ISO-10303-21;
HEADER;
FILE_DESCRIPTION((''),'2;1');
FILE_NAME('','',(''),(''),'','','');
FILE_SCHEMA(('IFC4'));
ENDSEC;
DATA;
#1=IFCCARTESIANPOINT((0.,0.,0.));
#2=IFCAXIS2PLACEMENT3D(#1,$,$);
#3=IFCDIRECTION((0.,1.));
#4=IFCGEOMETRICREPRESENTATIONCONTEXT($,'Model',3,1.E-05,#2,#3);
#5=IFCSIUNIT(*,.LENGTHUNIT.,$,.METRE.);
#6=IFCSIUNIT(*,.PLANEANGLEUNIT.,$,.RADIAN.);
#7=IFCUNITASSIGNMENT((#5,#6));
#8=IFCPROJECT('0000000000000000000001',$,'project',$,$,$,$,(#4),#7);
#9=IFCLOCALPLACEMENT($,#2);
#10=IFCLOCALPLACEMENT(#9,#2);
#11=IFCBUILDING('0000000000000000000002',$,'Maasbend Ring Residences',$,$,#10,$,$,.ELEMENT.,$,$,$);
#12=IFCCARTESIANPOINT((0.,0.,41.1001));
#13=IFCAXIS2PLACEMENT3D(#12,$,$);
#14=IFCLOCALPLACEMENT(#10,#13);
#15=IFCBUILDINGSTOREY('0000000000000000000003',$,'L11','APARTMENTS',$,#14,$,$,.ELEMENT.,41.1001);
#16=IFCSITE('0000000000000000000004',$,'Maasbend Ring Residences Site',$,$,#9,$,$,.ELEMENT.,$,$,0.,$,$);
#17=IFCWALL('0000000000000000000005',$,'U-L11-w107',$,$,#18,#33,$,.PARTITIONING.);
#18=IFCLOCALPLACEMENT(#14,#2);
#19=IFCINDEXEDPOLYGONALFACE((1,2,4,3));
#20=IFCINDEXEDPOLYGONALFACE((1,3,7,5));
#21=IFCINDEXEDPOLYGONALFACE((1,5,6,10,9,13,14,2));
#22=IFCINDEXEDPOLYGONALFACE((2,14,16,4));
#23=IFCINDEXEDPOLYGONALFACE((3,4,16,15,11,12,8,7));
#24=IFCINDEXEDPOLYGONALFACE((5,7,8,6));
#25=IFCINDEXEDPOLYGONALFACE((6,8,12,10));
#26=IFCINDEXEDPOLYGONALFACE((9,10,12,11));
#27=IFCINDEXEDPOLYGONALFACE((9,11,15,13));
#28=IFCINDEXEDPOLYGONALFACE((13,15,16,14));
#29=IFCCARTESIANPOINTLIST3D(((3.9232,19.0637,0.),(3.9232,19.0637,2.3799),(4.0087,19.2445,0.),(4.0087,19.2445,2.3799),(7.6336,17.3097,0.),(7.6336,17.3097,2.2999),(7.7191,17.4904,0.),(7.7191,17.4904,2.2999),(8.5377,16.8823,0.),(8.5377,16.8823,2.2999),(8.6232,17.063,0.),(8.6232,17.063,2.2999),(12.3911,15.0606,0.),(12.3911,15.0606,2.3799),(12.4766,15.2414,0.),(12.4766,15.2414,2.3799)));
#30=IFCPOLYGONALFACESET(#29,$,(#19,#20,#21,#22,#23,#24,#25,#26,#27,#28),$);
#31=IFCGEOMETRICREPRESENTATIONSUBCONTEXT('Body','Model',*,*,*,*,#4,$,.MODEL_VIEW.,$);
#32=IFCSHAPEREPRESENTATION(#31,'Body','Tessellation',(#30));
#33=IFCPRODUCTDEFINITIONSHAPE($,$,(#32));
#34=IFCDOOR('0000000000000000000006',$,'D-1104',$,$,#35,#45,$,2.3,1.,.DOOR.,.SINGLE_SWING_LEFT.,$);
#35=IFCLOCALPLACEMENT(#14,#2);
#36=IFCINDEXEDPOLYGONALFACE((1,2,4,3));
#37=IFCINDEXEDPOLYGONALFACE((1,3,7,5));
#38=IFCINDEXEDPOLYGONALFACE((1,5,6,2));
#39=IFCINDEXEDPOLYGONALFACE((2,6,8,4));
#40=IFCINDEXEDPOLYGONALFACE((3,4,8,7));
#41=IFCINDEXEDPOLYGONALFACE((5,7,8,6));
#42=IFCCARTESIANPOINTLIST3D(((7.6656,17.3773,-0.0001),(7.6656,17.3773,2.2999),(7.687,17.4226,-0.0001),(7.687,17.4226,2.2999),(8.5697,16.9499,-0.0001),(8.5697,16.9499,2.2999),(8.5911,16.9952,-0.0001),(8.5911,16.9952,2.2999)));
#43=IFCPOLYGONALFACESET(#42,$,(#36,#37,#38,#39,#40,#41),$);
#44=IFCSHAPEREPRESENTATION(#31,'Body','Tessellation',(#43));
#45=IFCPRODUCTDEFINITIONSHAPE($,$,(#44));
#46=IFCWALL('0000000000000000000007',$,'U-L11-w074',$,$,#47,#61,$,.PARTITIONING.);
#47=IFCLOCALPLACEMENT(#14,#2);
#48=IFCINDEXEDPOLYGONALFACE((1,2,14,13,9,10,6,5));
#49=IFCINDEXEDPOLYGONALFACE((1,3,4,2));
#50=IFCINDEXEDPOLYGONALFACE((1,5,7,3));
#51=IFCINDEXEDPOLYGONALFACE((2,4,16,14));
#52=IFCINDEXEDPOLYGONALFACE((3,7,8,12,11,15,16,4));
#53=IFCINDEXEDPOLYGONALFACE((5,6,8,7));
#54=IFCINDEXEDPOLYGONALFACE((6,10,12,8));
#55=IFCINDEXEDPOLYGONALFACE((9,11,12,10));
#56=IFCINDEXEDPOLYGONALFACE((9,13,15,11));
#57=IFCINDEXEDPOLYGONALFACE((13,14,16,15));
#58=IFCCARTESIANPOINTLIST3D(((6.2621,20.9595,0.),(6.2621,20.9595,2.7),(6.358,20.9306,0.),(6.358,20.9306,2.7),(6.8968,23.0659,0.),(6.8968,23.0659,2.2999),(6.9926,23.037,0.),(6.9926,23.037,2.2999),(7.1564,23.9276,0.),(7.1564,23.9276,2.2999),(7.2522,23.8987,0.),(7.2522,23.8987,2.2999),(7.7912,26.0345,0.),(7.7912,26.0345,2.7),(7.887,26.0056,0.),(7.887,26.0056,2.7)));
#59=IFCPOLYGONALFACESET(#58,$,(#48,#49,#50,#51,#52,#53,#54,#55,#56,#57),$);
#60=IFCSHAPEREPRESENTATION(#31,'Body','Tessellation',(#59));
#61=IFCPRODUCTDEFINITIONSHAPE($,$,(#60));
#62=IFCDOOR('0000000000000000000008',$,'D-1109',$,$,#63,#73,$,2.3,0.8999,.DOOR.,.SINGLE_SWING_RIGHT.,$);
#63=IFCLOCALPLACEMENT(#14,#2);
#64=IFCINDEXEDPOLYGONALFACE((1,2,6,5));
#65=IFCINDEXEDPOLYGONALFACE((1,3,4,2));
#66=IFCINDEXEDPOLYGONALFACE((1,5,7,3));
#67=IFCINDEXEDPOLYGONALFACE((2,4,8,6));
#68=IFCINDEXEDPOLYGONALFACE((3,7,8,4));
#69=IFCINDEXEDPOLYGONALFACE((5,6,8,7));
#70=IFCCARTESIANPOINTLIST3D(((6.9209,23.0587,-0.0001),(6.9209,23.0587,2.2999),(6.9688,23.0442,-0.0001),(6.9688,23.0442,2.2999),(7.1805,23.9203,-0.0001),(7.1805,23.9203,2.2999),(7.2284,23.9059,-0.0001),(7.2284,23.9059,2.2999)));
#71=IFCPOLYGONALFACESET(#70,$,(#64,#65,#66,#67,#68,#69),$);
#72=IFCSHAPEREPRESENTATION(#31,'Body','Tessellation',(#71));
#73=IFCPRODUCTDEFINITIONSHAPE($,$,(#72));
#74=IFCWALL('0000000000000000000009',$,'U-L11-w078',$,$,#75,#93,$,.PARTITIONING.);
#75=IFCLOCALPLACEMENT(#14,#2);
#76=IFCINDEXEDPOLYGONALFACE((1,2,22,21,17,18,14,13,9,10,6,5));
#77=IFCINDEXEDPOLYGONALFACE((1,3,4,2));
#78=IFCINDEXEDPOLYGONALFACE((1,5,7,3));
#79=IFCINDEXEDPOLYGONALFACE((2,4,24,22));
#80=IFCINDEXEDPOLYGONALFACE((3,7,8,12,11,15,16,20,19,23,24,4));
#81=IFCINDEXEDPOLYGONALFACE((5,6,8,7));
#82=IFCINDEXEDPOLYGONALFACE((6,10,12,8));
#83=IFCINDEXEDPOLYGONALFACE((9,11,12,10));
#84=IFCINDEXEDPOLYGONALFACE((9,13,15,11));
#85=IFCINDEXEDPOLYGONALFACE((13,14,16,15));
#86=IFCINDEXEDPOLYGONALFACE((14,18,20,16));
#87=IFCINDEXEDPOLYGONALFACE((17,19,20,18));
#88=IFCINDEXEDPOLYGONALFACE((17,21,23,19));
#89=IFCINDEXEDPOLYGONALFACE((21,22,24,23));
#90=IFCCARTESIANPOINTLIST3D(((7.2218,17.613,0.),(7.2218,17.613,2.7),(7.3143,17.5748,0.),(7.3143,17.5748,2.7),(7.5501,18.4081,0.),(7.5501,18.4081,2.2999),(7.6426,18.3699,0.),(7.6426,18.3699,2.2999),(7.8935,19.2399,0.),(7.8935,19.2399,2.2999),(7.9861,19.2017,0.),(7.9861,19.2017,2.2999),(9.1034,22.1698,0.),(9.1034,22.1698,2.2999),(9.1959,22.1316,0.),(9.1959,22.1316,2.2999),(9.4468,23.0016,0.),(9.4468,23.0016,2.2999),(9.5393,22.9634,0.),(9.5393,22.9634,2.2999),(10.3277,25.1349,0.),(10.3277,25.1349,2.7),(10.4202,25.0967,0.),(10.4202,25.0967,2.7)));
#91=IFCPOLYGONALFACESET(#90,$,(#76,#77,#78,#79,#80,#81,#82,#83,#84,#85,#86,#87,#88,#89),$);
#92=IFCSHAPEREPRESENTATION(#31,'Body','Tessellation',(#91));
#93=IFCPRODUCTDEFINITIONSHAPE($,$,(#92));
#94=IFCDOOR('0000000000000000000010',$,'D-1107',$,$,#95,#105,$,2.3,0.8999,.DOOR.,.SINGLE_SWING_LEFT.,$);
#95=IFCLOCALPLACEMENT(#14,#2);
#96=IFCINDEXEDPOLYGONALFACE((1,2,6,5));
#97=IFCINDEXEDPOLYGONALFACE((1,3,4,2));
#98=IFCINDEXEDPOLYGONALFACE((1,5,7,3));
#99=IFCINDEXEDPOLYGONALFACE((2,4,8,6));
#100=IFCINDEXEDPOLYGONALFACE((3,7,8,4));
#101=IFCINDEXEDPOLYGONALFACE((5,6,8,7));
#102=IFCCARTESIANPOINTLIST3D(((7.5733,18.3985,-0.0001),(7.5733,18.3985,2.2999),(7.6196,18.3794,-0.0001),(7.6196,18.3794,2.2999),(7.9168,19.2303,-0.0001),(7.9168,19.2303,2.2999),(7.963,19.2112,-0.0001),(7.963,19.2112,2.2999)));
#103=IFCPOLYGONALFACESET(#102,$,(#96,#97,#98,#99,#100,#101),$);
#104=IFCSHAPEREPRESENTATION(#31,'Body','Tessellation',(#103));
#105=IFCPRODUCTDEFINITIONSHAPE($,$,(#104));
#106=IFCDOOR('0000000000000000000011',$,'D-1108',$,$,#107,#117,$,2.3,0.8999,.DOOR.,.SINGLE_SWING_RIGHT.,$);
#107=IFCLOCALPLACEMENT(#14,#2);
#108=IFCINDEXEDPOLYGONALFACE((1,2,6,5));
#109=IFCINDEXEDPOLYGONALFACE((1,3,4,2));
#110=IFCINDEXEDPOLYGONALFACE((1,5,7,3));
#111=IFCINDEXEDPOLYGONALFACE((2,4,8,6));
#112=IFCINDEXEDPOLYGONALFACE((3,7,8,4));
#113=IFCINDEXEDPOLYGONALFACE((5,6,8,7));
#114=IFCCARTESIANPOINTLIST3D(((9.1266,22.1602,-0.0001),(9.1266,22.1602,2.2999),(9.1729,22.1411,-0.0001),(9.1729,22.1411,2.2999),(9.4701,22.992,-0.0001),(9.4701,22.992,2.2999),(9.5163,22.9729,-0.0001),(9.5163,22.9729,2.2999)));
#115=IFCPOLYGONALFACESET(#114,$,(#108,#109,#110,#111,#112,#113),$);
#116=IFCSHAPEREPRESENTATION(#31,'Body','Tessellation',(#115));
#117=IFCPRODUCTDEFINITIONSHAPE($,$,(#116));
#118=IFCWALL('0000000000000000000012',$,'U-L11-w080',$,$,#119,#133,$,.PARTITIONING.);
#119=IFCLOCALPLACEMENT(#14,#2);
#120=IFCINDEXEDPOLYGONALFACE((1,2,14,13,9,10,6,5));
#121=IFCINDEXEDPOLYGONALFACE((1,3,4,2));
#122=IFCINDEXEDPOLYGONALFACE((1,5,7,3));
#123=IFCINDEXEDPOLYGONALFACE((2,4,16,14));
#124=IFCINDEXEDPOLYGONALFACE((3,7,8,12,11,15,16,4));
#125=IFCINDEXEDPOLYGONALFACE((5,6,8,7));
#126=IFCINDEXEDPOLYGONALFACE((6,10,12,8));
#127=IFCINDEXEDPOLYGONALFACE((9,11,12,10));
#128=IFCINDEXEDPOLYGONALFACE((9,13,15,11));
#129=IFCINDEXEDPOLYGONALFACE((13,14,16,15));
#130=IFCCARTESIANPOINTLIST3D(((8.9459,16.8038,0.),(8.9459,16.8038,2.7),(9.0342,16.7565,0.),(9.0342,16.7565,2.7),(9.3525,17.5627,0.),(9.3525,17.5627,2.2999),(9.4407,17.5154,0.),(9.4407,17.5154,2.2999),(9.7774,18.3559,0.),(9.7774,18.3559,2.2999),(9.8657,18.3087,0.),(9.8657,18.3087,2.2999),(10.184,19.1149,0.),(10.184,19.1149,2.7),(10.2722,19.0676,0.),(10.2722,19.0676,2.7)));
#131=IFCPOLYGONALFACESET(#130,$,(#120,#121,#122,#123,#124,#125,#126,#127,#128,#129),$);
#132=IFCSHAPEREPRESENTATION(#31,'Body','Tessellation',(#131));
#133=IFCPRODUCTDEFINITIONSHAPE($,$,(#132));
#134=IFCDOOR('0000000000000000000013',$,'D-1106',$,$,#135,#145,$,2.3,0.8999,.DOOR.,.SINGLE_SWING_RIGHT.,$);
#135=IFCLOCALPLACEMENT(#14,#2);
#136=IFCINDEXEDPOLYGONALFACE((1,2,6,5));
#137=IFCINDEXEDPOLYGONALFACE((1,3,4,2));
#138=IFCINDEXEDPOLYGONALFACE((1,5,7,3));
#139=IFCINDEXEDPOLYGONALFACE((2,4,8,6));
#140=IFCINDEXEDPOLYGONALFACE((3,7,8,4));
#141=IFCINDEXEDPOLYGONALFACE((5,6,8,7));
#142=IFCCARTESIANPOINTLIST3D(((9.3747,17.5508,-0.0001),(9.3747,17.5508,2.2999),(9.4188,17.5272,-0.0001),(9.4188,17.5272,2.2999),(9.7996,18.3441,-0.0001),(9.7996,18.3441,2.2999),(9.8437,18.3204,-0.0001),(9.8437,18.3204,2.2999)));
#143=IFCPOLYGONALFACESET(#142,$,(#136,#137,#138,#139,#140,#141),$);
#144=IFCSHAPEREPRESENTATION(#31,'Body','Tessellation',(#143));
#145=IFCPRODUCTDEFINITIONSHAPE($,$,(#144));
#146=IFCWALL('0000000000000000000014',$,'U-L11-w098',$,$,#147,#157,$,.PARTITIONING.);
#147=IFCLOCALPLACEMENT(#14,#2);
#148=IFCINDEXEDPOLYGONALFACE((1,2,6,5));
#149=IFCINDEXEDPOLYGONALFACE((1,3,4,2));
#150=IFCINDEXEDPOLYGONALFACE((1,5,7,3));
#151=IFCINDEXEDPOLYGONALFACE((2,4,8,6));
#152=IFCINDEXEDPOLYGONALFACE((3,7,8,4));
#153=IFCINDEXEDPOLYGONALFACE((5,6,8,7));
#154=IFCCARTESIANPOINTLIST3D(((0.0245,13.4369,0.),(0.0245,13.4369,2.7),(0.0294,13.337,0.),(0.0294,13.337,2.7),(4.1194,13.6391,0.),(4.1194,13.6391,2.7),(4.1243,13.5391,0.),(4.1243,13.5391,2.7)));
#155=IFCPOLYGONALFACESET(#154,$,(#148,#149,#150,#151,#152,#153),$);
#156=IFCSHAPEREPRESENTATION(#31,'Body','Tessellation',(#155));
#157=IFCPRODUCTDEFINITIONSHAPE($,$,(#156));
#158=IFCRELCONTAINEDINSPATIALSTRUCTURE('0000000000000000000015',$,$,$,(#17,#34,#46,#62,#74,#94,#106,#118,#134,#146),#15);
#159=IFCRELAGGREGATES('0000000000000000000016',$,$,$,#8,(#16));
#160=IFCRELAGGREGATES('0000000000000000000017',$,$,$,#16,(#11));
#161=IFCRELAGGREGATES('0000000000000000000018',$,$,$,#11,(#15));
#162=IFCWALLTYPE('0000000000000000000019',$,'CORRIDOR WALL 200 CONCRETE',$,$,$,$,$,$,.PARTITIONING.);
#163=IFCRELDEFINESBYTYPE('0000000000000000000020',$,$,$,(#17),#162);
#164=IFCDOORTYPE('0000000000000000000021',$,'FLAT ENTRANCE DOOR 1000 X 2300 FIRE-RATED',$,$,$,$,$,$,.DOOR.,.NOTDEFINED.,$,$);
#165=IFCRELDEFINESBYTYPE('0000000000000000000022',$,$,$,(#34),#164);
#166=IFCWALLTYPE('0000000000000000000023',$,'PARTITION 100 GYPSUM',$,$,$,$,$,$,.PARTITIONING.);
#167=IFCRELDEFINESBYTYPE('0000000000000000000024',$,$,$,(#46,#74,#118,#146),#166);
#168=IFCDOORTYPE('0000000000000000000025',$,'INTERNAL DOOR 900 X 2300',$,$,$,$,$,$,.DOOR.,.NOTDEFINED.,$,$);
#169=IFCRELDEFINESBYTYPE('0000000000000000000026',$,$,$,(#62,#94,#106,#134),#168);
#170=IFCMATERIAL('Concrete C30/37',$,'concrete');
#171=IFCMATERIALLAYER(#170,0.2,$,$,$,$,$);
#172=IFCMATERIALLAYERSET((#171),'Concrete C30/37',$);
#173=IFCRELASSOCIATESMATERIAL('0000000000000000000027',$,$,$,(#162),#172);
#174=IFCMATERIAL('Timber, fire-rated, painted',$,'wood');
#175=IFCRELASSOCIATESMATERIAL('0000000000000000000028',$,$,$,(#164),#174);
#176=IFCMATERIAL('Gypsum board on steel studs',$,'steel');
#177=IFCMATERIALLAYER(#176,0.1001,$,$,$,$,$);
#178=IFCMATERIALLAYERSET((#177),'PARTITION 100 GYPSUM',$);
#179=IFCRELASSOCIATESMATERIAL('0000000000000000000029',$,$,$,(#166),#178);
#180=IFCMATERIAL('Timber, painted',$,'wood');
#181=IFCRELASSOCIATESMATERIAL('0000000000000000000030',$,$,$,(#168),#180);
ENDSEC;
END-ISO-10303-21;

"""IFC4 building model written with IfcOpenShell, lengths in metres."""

from ifc_helpers import new_model, si_unit, direction, frame, frame_2d, origin, place, context, subcontext, project, spatial, rectangle, extrude, material, layer, layer_set, type_object, element, fill, save


model = new_model("IFC4")

# Units and contexts
model_context = context("Model", 3, precision=1e-05, world=origin(), true_north=direction((0.0, 1.0)))
body_context = subcontext(model_context, "Body", "Model", "MODEL_VIEW")
ifc_project = project(units=[si_unit("LENGTHUNIT", "METRE"), si_unit("PLANEANGLEUNIT", "RADIAN")], contexts=[model_context])

# Site, building, storey
site_placement = place(None, origin())
site = spatial("IfcSite", under=ifc_project, at=site_placement, Name="Maasbend Ring Residences Site", CompositionType="ELEMENT", RefElevation=0.0)
building_placement = place(site_placement, origin())
building = spatial("IfcBuilding", under=site, at=building_placement, Name="Maasbend Ring Residences", CompositionType="ELEMENT")
storey_placement = place(building_placement, frame((0.0, 0.0, 41.1001)))
storey = spatial("IfcBuildingStorey", under=building, at=storey_placement, Name="L11", Description="APARTMENTS", CompositionType="ELEMENT", Elevation=41.1001)

# Walls, openings, doors
ifc_material_1 = material(Name="Concrete C30/37", Category="concrete")
ifc_layer_1 = layer(ifc_material_1, 0.2)
ifc_layer_set_1 = layer_set([ifc_layer_1], Name="Concrete C30/37")
wall_type_1 = type_object("IfcWallType", Name="CORRIDOR WALL 200 CONCRETE", PredefinedType="PARTITIONING", material=ifc_layer_set_1)
ifc_material_2 = material(Name="Timber, fire-rated, painted", Category="wood")
door_type_1 = type_object("IfcDoorType", Name="FLAT ENTRANCE DOOR 1000 X 2300 FIRE-RATED", OperationType="NOTDEFINED", PredefinedType="DOOR", material=ifc_material_2)
wall_1_placement = place(storey_placement, frame((3.9661, 19.1541, 0.0), z_axis=(0.0, 0.0, 1.0), x_axis=(0.904068, -0.427389, 0.0)))
wall_1 = element("IfcWall", 1, at=wall_1_placement, inside=storey, type_object=wall_type_1, Name="U-L11-w107", PredefinedType="PARTITIONING", context=body_context, shape_type="SweptSolid", body=[
    extrude(rectangle(XDim=9.3665, YDim=0.2, at=frame_2d((4.6831, 0.0))), origin(), (0.0, 0.0, 1.0), 2.3799),
])
opening_1_placement = place(wall_1_placement, frame((4.104, 0.0, 0.0)))
opening_1 = element("IfcOpeningElement", 2, at=opening_1_placement, cuts=wall_1, PredefinedType="OPENING", context=body_context, shape_type="SweptSolid", body=[
    extrude(rectangle(XDim=1.0, YDim=2.3, at=frame_2d((0.5, 1.1499))), frame((0.0, 0.1099, 0.0), z_axis=(0.0, -1.0, 0.0), x_axis=(1.0, 0.0, 0.0)), (0.0, 0.0, 1.0), 0.22),
])
door_1_placement = place(opening_1_placement, origin())
door_1 = element("IfcDoor", 3, at=door_1_placement, inside=storey, type_object=door_type_1, Name="D-1104", OperationType="SINGLE_SWING_LEFT", OverallHeight=2.3, OverallWidth=1.0, PredefinedType="DOOR", context=body_context, shape_type="SweptSolid", body=[
    extrude(rectangle(XDim=1.0, YDim=2.3, at=frame_2d((0.5, 1.1499))), frame((0.0, 0.0249, 0.0), z_axis=(0.0, -1.0, 0.0), x_axis=(1.0, 0.0, 0.0)), (0.0, 0.0, 1.0), 0.05),
])
fill(opening_1, door_1)
ifc_material_3 = material(Name="Gypsum board on steel studs", Category="steel")
ifc_layer_2 = layer(ifc_material_3, 0.1001)
ifc_layer_set_2 = layer_set([ifc_layer_2], Name="PARTITION 100 GYPSUM")
wall_type_2 = type_object("IfcWallType", Name="PARTITION 100 GYPSUM", PredefinedType="PARTITIONING", material=ifc_layer_set_2)
wall_2_placement = place(storey_placement, frame((6.3101, 20.9451, 0.0), z_axis=(0.0, 0.0, 1.0), x_axis=(0.288484, 0.957485, 0.0)))
wall_2 = element("IfcWall", 4, at=wall_2_placement, inside=storey, type_object=wall_type_2, Name="U-L11-w074", PredefinedType="PARTITIONING", context=body_context, shape_type="SweptSolid", body=[
    extrude(rectangle(XDim=5.3003, YDim=0.1001, at=frame_2d((2.6501, 0.0))), origin(), (0.0, 0.0, 1.0), 2.7),
])
opening_2_placement = place(wall_2_placement, frame((2.2, 0.0, 0.0)))
opening_2 = element("IfcOpeningElement", 5, at=opening_2_placement, cuts=wall_2, PredefinedType="OPENING", context=body_context, shape_type="SweptSolid", body=[
    extrude(rectangle(XDim=0.8999, YDim=2.3, at=frame_2d((0.45, 1.1499))), frame((0.0, 0.0601, 0.0), z_axis=(0.0, -1.0, 0.0), x_axis=(1.0, 0.0, 0.0)), (0.0, 0.0, 1.0), 0.1201),
])
ifc_material_4 = material(Name="Timber, painted", Category="wood")
door_type_2 = type_object("IfcDoorType", Name="INTERNAL DOOR 900 X 2300", OperationType="NOTDEFINED", PredefinedType="DOOR", material=ifc_material_4)
door_2_placement = place(opening_2_placement, origin())
door_2 = element("IfcDoor", 6, at=door_2_placement, inside=storey, type_object=door_type_2, Name="D-1109", OperationType="SINGLE_SWING_RIGHT", OverallHeight=2.3, OverallWidth=0.8999, PredefinedType="DOOR", context=body_context, shape_type="SweptSolid", body=[
    extrude(rectangle(XDim=0.8999, YDim=2.3, at=frame_2d((0.45, 1.1499))), frame((0.0, 0.0249, 0.0), z_axis=(0.0, -1.0, 0.0), x_axis=(1.0, 0.0, 0.0)), (0.0, 0.0, 1.0), 0.05),
])
fill(opening_2, door_2)

# Wall, openings, doors
wall_3_placement = place(storey_placement, frame((7.2681, 17.594, 0.0), z_axis=(0.0, 0.0, 1.0), x_axis=(0.381661, 0.924302, 0.0)))
wall_3 = element("IfcWall", 7, at=wall_3_placement, inside=storey, type_object=wall_type_2, Name="U-L11-w078", PredefinedType="PARTITIONING", context=body_context, shape_type="SweptSolid", body=[
    extrude(rectangle(XDim=8.1379, YDim=0.1001, at=frame_2d((4.0688, 0.0))), origin(), (0.0, 0.0, 1.0), 2.7),
])
opening_3_placement = place(wall_3_placement, frame((0.8601, 0.0, 0.0)))
opening_3 = element("IfcOpeningElement", 8, at=opening_3_placement, cuts=wall_3, PredefinedType="OPENING", context=body_context, shape_type="SweptSolid", body=[
    extrude(rectangle(XDim=0.8999, YDim=2.3, at=frame_2d((0.45, 1.1499))), frame((0.0, 0.0601, 0.0), z_axis=(0.0, -1.0, 0.0), x_axis=(1.0, 0.0, 0.0)), (0.0, 0.0, 1.0), 0.1201),
])
opening_4_placement = place(wall_3_placement, frame((4.9299, 0.0, 0.0)))
opening_4 = element("IfcOpeningElement", 9, at=opening_4_placement, cuts=wall_3, PredefinedType="OPENING", context=body_context, shape_type="SweptSolid", body=[
    extrude(rectangle(XDim=0.8999, YDim=2.3, at=frame_2d((0.45, 1.1499))), frame((0.0, 0.0601, 0.0), z_axis=(0.0, -1.0, 0.0), x_axis=(1.0, 0.0, 0.0)), (0.0, 0.0, 1.0), 0.1201),
])
door_3_placement = place(opening_3_placement, origin())
door_3 = element("IfcDoor", 10, at=door_3_placement, inside=storey, type_object=door_type_2, Name="D-1107", OperationType="SINGLE_SWING_LEFT", OverallHeight=2.3, OverallWidth=0.8999, PredefinedType="DOOR", context=body_context, shape_type="SweptSolid", body=[
    extrude(rectangle(XDim=0.8999, YDim=2.3, at=frame_2d((0.45, 1.1499))), frame((0.0, 0.0249, 0.0), z_axis=(0.0, -1.0, 0.0), x_axis=(1.0, 0.0, 0.0)), (0.0, 0.0, 1.0), 0.05),
])
fill(opening_3, door_3)
door_4_placement = place(opening_4_placement, origin())
door_4 = element("IfcDoor", 11, at=door_4_placement, inside=storey, type_object=door_type_2, Name="D-1108", OperationType="SINGLE_SWING_RIGHT", OverallHeight=2.3, OverallWidth=0.8999, PredefinedType="DOOR", context=body_context, shape_type="SweptSolid", body=[
    extrude(rectangle(XDim=0.8999, YDim=2.3, at=frame_2d((0.45, 1.1499))), frame((0.0, 0.0249, 0.0), z_axis=(0.0, -1.0, 0.0), x_axis=(1.0, 0.0, 0.0)), (0.0, 0.0, 1.0), 0.05),
])
fill(opening_4, door_4)

# Wall, opening, door
wall_4_placement = place(storey_placement, frame((8.99, 16.78, 0.0), z_axis=(0.0, 0.0, 1.0), x_axis=(0.472216, 0.881483, 0.0)))
wall_4 = element("IfcWall", 12, at=wall_4_placement, inside=storey, type_object=wall_type_2, Name="U-L11-w080", PredefinedType="PARTITIONING", context=body_context, shape_type="SweptSolid", body=[
    extrude(rectangle(XDim=2.6218, YDim=0.1001, at=frame_2d((1.311, 0.0))), origin(), (0.0, 0.0, 1.0), 2.7),
])
opening_5_placement = place(wall_4_placement, frame((0.8611, 0.0, 0.0)))
opening_5 = element("IfcOpeningElement", 13, at=opening_5_placement, cuts=wall_4, PredefinedType="OPENING", context=body_context, shape_type="SweptSolid", body=[
    extrude(rectangle(XDim=0.8999, YDim=2.3, at=frame_2d((0.45, 1.1499))), frame((0.0, 0.0601, 0.0), z_axis=(0.0, -1.0, 0.0), x_axis=(1.0, 0.0, 0.0)), (0.0, 0.0, 1.0), 0.1201),
])
door_5_placement = place(opening_5_placement, origin())
door_5 = element("IfcDoor", 14, at=door_5_placement, inside=storey, type_object=door_type_2, Name="D-1106", OperationType="SINGLE_SWING_RIGHT", OverallHeight=2.3, OverallWidth=0.8999, PredefinedType="DOOR", context=body_context, shape_type="SweptSolid", body=[
    extrude(rectangle(XDim=0.8999, YDim=2.3, at=frame_2d((0.45, 1.1499))), frame((0.0, 0.0249, 0.0), z_axis=(0.0, -1.0, 0.0), x_axis=(1.0, 0.0, 0.0)), (0.0, 0.0, 1.0), 0.05),
])
fill(opening_5, door_5)

# Wall
wall_5_placement = place(storey_placement, frame((0.0271, 13.387, 0.0), z_axis=(0.0, 0.0, 1.0), x_axis=(0.998784, 0.049305, 0.0)))
element("IfcWall", 15, at=wall_5_placement, inside=storey, type_object=wall_type_2, Name="U-L11-w098", PredefinedType="PARTITIONING", context=body_context, shape_type="SweptSolid", body=[
    extrude(rectangle(XDim=4.0999, YDim=0.1001, at=frame_2d((2.0498, 0.0))), origin(), (0.0, 0.0, 1.0), 2.7),
])

save(model, "model.ifc")
